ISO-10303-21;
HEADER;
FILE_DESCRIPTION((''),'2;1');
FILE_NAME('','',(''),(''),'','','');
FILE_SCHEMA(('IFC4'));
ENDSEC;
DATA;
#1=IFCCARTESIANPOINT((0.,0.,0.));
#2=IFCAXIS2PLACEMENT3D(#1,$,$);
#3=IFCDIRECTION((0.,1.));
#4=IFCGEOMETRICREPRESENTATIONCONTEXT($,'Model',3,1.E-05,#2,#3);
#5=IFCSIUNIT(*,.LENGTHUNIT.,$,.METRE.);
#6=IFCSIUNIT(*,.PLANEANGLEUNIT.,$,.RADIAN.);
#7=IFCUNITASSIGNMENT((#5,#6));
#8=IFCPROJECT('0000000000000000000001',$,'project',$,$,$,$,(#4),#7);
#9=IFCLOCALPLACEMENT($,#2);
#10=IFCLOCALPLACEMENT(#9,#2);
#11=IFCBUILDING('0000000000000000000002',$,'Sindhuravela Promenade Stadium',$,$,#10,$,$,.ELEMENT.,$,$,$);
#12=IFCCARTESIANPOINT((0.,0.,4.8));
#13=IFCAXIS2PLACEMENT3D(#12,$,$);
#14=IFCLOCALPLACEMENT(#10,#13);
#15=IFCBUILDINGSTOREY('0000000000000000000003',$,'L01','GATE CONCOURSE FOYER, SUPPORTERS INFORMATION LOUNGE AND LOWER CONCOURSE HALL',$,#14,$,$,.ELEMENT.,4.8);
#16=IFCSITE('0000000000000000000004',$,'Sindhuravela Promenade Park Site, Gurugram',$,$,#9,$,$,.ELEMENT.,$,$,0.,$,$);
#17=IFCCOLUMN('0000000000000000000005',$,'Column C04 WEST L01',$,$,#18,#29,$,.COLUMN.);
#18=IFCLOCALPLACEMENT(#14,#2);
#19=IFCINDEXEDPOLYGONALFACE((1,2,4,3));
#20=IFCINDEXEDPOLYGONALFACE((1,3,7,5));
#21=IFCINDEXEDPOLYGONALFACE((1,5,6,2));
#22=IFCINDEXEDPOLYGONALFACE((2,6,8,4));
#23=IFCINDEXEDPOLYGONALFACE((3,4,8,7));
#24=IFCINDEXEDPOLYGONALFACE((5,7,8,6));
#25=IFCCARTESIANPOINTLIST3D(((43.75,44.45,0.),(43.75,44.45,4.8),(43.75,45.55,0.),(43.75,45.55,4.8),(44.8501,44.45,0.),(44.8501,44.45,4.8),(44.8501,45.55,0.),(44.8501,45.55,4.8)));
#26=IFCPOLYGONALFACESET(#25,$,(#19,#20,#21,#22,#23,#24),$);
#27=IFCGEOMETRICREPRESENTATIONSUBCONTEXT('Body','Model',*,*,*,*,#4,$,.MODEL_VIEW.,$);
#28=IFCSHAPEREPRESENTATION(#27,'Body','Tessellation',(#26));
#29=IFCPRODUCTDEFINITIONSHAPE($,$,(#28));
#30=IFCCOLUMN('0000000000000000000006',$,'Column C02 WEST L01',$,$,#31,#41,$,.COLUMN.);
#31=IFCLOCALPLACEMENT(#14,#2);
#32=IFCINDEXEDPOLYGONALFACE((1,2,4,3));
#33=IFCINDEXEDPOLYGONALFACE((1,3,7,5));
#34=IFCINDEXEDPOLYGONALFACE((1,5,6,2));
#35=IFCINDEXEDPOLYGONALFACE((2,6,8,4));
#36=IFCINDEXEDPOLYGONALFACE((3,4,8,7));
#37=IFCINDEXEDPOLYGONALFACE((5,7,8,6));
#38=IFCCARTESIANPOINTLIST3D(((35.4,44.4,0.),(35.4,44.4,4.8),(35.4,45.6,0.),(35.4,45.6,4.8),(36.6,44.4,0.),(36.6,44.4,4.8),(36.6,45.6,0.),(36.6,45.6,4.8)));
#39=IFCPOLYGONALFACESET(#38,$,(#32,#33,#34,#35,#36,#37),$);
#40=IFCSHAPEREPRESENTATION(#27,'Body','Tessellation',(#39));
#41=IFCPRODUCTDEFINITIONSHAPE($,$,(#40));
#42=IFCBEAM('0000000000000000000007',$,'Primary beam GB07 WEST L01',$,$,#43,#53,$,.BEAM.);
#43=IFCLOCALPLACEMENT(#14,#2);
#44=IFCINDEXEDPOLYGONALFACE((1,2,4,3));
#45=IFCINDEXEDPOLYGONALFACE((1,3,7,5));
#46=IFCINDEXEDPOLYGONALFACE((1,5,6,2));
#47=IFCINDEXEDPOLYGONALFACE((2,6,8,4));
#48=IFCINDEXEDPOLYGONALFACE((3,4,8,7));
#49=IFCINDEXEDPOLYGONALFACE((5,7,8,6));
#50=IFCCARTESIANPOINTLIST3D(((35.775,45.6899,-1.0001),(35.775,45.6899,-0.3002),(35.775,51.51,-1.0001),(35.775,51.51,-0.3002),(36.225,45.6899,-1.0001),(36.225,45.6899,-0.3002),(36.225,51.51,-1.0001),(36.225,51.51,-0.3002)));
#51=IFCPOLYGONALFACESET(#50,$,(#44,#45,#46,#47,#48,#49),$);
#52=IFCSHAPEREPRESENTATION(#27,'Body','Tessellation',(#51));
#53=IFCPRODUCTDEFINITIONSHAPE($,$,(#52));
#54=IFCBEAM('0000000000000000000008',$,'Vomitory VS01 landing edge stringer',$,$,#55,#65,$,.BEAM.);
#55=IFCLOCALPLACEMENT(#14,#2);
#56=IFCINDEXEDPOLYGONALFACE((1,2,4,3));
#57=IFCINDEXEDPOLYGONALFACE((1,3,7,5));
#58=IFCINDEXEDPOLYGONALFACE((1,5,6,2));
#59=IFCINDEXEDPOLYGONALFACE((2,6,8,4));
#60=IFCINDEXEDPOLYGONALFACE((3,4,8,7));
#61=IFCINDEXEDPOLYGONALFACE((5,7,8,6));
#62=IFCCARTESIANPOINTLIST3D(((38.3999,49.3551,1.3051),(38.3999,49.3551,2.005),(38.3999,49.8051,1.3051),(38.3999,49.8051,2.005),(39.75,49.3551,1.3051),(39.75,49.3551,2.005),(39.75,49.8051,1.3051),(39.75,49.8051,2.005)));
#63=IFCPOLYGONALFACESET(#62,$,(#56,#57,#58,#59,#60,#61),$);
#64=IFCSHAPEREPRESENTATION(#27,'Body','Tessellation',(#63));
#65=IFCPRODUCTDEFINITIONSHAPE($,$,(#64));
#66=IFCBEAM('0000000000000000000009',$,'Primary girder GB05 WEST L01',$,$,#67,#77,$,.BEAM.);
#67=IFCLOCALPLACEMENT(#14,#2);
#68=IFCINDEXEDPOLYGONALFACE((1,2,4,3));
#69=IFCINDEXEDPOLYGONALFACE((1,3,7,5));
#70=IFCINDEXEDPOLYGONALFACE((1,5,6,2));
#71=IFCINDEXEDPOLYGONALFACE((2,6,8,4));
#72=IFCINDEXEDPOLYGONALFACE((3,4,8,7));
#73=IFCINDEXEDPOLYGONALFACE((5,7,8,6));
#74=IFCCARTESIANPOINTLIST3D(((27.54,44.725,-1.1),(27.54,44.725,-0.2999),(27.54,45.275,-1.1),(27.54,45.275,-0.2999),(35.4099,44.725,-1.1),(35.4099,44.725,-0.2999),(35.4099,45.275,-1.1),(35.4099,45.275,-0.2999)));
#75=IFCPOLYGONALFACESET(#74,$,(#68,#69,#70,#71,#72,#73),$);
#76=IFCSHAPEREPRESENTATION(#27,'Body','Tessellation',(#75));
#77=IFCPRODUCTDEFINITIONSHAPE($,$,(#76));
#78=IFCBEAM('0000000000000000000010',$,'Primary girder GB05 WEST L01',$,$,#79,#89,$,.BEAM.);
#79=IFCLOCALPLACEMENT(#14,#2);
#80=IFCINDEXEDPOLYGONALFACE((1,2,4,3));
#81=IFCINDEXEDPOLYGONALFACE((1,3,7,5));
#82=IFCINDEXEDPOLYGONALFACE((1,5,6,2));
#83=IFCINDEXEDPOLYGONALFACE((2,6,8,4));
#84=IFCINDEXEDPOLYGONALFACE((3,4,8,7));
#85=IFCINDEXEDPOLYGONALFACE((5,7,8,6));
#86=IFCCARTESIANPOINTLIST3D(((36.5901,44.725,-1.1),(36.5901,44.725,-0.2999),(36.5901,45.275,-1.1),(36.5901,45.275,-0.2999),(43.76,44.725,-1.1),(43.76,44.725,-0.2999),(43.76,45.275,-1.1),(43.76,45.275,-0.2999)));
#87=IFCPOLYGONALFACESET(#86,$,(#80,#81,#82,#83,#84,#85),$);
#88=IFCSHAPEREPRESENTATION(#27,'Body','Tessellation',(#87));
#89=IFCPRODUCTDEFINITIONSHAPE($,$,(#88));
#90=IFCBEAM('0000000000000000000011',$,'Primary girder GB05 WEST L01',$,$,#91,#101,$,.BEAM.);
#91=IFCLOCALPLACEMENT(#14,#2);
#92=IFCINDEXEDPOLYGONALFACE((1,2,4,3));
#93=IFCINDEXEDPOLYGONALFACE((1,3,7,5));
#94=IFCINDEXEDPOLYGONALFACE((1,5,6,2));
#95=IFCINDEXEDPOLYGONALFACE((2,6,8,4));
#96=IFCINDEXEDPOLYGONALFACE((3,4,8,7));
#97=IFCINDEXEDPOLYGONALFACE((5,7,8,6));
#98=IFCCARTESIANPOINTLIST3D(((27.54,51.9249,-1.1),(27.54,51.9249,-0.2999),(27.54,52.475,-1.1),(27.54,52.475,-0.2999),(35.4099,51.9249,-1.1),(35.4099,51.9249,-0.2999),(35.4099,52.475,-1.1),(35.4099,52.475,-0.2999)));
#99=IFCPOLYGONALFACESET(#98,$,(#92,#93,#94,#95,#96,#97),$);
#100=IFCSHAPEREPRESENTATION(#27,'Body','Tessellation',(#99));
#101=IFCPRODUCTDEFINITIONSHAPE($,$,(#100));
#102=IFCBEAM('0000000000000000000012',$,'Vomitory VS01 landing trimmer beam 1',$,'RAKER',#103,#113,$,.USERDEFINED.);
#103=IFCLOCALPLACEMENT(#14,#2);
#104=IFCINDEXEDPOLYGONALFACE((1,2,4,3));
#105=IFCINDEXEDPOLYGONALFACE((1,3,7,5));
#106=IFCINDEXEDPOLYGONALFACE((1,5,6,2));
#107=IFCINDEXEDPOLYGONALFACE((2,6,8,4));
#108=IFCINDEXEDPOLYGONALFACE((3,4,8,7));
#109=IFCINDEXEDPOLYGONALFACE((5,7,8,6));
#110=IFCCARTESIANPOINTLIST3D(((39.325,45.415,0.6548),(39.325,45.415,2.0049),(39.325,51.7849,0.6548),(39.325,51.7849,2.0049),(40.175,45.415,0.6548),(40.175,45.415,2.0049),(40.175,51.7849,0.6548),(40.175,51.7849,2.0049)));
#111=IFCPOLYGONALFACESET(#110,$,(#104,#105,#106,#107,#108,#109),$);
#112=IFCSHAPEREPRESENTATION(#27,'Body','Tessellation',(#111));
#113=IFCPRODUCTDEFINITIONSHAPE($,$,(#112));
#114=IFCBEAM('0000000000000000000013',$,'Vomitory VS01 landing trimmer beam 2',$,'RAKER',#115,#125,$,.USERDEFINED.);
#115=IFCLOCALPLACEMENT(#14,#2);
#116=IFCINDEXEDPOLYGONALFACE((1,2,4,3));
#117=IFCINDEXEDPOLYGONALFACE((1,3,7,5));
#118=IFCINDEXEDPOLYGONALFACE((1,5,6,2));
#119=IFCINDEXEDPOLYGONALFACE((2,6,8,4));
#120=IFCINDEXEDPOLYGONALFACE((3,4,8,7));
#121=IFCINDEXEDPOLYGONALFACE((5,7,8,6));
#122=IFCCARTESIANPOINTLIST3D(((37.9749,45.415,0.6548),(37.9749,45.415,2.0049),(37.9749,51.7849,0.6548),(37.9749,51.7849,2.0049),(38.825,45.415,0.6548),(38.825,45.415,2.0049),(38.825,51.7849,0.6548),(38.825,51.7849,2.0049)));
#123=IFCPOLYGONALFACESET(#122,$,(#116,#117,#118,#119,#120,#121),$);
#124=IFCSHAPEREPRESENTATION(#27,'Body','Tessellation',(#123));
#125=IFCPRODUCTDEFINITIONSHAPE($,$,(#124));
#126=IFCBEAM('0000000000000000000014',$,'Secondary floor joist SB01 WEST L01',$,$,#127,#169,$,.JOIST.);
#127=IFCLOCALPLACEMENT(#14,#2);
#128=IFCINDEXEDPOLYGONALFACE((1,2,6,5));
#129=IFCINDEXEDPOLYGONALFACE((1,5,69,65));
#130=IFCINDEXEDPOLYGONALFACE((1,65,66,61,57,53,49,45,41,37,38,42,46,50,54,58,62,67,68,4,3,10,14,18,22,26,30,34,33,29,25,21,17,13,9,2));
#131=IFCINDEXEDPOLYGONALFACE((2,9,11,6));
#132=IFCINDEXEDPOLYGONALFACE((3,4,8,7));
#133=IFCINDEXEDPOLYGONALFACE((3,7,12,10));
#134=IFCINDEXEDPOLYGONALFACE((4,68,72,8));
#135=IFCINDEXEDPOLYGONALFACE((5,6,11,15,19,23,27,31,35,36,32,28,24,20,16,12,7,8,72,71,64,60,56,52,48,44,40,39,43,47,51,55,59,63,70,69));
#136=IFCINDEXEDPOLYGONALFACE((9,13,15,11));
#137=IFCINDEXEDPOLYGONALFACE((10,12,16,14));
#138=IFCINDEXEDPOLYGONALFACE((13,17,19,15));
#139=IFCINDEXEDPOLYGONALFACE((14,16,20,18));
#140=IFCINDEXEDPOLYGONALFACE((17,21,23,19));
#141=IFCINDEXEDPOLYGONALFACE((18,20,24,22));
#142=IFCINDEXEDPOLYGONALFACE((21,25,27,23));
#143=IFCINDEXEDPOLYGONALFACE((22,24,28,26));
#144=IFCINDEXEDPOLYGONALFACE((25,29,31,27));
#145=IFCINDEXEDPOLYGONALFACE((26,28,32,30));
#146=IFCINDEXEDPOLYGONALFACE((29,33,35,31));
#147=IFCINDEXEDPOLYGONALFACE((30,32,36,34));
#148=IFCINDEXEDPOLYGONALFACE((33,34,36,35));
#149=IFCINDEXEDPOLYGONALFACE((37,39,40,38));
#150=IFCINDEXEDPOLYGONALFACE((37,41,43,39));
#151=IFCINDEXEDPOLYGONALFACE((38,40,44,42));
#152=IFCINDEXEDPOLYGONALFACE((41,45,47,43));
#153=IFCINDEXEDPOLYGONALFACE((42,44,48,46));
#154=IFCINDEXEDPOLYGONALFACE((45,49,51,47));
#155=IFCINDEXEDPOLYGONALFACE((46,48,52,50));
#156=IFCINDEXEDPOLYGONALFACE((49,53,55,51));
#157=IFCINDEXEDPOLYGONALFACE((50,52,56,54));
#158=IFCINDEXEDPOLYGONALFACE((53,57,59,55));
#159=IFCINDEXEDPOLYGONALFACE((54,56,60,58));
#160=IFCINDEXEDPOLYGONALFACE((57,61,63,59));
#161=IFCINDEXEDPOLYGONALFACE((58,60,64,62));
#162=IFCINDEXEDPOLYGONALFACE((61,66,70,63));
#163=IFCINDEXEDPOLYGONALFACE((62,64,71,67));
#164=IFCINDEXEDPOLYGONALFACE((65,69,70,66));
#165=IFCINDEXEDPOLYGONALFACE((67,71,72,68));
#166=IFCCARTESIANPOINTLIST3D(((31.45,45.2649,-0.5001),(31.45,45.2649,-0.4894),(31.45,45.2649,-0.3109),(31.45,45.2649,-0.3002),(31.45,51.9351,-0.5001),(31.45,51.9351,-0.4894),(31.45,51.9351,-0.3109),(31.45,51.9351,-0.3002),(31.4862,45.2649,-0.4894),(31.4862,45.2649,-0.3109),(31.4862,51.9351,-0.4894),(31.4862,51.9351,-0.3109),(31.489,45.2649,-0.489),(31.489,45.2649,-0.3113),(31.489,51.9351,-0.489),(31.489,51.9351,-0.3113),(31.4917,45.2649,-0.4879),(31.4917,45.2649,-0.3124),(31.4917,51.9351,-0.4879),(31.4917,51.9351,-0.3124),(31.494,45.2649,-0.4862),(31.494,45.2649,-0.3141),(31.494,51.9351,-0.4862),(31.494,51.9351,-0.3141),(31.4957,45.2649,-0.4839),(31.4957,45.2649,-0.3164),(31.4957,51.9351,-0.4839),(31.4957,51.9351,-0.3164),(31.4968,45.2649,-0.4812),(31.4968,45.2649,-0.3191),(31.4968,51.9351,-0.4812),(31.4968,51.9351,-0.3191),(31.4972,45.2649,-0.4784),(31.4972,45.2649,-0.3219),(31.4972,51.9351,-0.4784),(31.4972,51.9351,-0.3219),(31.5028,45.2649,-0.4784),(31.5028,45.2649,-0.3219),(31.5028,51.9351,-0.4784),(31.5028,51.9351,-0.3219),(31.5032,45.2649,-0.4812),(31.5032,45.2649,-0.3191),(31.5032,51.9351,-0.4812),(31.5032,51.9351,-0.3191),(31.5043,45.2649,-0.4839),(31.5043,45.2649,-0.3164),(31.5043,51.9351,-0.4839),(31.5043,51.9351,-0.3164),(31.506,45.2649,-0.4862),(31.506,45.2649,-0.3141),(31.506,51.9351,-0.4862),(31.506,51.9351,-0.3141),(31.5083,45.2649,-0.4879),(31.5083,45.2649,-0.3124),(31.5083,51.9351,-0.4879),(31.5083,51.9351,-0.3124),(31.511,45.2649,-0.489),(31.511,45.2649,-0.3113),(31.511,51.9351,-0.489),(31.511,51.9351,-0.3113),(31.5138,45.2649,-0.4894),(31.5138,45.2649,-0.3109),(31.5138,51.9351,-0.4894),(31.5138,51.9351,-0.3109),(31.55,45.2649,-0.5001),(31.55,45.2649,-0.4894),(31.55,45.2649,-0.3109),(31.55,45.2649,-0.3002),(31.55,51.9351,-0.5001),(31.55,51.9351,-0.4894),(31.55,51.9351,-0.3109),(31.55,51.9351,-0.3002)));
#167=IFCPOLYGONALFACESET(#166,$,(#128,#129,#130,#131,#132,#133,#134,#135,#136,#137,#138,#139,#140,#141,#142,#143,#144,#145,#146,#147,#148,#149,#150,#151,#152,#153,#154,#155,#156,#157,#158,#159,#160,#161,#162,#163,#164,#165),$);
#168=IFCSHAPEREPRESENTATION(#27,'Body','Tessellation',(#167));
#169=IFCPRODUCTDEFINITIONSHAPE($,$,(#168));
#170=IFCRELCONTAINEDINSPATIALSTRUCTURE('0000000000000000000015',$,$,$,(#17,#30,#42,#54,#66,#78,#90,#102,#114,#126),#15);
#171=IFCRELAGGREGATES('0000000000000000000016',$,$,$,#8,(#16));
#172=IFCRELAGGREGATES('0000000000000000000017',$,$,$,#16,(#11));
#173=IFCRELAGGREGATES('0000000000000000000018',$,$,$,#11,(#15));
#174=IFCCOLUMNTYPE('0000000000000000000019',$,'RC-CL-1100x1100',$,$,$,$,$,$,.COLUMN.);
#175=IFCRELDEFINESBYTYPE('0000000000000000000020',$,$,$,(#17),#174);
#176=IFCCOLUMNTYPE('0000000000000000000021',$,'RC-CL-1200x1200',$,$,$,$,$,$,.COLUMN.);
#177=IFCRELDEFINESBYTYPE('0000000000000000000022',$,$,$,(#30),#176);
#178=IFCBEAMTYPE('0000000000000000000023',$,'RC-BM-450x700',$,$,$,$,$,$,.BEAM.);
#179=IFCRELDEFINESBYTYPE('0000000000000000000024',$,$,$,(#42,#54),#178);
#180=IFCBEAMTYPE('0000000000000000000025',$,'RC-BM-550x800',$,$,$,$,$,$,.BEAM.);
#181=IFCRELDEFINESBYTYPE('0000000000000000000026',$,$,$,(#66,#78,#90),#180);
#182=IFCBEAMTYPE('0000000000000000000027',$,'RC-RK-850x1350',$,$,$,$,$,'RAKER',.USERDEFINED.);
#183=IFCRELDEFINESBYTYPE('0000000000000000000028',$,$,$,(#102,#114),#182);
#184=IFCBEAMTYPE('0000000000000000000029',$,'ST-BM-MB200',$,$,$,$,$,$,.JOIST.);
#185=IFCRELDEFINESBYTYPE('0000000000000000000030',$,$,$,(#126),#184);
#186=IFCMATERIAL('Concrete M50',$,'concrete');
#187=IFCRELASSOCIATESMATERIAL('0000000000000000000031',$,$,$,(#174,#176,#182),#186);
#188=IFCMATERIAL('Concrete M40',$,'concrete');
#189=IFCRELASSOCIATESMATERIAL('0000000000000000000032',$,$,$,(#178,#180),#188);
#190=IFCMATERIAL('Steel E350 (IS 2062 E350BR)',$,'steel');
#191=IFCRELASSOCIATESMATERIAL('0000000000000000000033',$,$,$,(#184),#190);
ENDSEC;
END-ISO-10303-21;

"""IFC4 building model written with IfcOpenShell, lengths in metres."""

from ifc_helpers import new_model, si_unit, direction, frame, origin, origin_2d, place, context, subcontext, project, spatial, rectangle, i_section, extrude, material, material_profile, profile_set, type_object, element, save


model = new_model("IFC4")

# Units and contexts
model_context = context("Model", 3, precision=1e-05, world=origin(), true_north=direction((0.0, 1.0)))
body_context = subcontext(model_context, "Body", "Model", "MODEL_VIEW")
ifc_project = project(units=[si_unit("LENGTHUNIT", "METRE"), si_unit("PLANEANGLEUNIT", "RADIAN")], contexts=[model_context])

# Site, building, storey
site_placement = place(None, origin())
site = spatial("IfcSite", under=ifc_project, at=site_placement, Name="Sindhuravela Promenade Park Site, Gurugram", CompositionType="ELEMENT", RefElevation=0.0)
building_placement = place(site_placement, origin())
building = spatial("IfcBuilding", under=site, at=building_placement, Name="Sindhuravela Promenade Stadium", CompositionType="ELEMENT")
storey_placement = place(building_placement, frame((0.0, 0.0, 4.8)))
storey = spatial("IfcBuildingStorey", under=building, at=storey_placement, Name="L01", Description="GATE CONCOURSE FOYER, SUPPORTERS INFORMATION LOUNGE AND LOWER CONCOURSE HALL", CompositionType="ELEMENT", Elevation=4.8)

# Columns
ifc_material_1 = material(Name="Concrete M50", Category="concrete")
ifc_material_profile_1 = material_profile(ifc_material_1, rectangle(XDim=1.1001, YDim=1.1001, at=origin_2d()), Name="RC 1100x1100")
ifc_profile_set_1 = profile_set([ifc_material_profile_1], Name="Concrete M50")
column_type_1 = type_object("IfcColumnType", Name="RC-CL-1100x1100", PredefinedType="COLUMN", material=ifc_profile_set_1)
column_1_placement = place(storey_placement, frame((44.3, 45.0, 0.0), z_axis=(0.0, 0.0, 1.0), x_axis=(1.0, 0.0, 0.0)))
element("IfcColumn", 1, at=column_1_placement, inside=storey, type_object=column_type_1, Name="Column C04 WEST L01", PredefinedType="COLUMN", context=body_context, shape_type="SweptSolid", body=[
    extrude(rectangle(XDim=1.1001, YDim=1.1001, at=origin_2d()), origin(), (0.0, 0.0, 1.0), 4.8),
])
ifc_material_profile_2 = material_profile(ifc_material_1, rectangle(XDim=1.2, YDim=1.2, at=origin_2d()), Name="RC 1200x1200")
ifc_profile_set_2 = profile_set([ifc_material_profile_2], Name="Concrete M50")
column_type_2 = type_object("IfcColumnType", Name="RC-CL-1200x1200", PredefinedType="COLUMN", material=ifc_profile_set_2)
column_2_placement = place(storey_placement, frame((36.0, 45.0, 0.0), z_axis=(0.0, 0.0, 1.0), x_axis=(1.0, 0.0, 0.0)))
element("IfcColumn", 2, at=column_2_placement, inside=storey, type_object=column_type_2, Name="Column C02 WEST L01", PredefinedType="COLUMN", context=body_context, shape_type="SweptSolid", body=[
    extrude(rectangle(XDim=1.2, YDim=1.2, at=origin_2d()), origin(), (0.0, 0.0, 1.0), 4.8),
])

# Beams
ifc_material_2 = material(Name="Concrete M40", Category="concrete")
ifc_material_profile_3 = material_profile(ifc_material_2, rectangle(XDim=0.45, YDim=0.7, at=origin_2d()), Name="RC 450x700")
ifc_profile_set_3 = profile_set([ifc_material_profile_3], Name="Concrete M40")
beam_type_1 = type_object("IfcBeamType", Name="RC-BM-450x700", PredefinedType="BEAM", material=ifc_profile_set_3)
beam_1_placement = place(storey_placement, frame((36.0, 45.6899, -0.6501), z_axis=(0.0, 1.0, 0.0), x_axis=(-1.0, 0.0, 0.0)))
element("IfcBeam", 3, at=beam_1_placement, inside=storey, type_object=beam_type_1, Name="Primary beam GB07 WEST L01", PredefinedType="BEAM", context=body_context, shape_type="SweptSolid", body=[
    extrude(rectangle(XDim=0.45, YDim=0.7, at=origin_2d()), origin(), (0.0, 0.0, 1.0), 5.8201),
])
beam_2_placement = place(storey_placement, frame((39.75, 49.5801, 1.655), z_axis=(-1.0, 0.0, 0.0), x_axis=(0.0, -1.0, 0.0)))
element("IfcBeam", 4, at=beam_2_placement, inside=storey, type_object=beam_type_1, Name="Vomitory VS01 landing edge stringer", PredefinedType="BEAM", context=body_context, shape_type="SweptSolid", body=[
    extrude(rectangle(XDim=0.45, YDim=0.7, at=origin_2d()), origin(), (0.0, 0.0, 1.0), 1.3501),
])
ifc_material_profile_4 = material_profile(ifc_material_2, rectangle(XDim=0.55, YDim=0.8, at=origin_2d()), Name="RC 550x800")
ifc_profile_set_4 = profile_set([ifc_material_profile_4], Name="Concrete M40")
beam_type_2 = type_object("IfcBeamType", Name="RC-BM-550x800", PredefinedType="BEAM", material=ifc_profile_set_4)
beam_3_placement = place(storey_placement, frame((27.54, 45.0, -0.7), z_axis=(1.0, 0.0, 0.0), x_axis=(0.0, 1.0, 0.0)))
element("IfcBeam", 5, at=beam_3_placement, inside=storey, type_object=beam_type_2, Name="Primary girder GB05 WEST L01", PredefinedType="BEAM", context=body_context, shape_type="SweptSolid", body=[
    extrude(rectangle(XDim=0.55, YDim=0.8, at=origin_2d()), origin(), (0.0, 0.0, 1.0), 7.8699),
])
beam_4_placement = place(storey_placement, frame((36.5901, 45.0, -0.7), z_axis=(1.0, 0.0, 0.0), x_axis=(0.0, 1.0, 0.0)))
element("IfcBeam", 6, at=beam_4_placement, inside=storey, type_object=beam_type_2, Name="Primary girder GB05 WEST L01", PredefinedType="BEAM", context=body_context, shape_type="SweptSolid", body=[
    extrude(rectangle(XDim=0.55, YDim=0.8, at=origin_2d()), origin(), (0.0, 0.0, 1.0), 7.1699),
])
beam_5_placement = place(storey_placement, frame((27.54, 52.2, -0.7), z_axis=(1.0, 0.0, 0.0), x_axis=(0.0, 1.0, 0.0)))
element("IfcBeam", 7, at=beam_5_placement, inside=storey, type_object=beam_type_2, Name="Primary girder GB05 WEST L01", PredefinedType="BEAM", context=body_context, shape_type="SweptSolid", body=[
    extrude(rectangle(XDim=0.55, YDim=0.8, at=origin_2d()), origin(), (0.0, 0.0, 1.0), 7.8699),
])
ifc_material_profile_5 = material_profile(ifc_material_1, rectangle(XDim=0.8501, YDim=1.3501, at=origin_2d()), Name="RC 850x1350")
ifc_profile_set_5 = profile_set([ifc_material_profile_5], Name="Concrete M50")
beam_type_3 = type_object("IfcBeamType", Name="RC-RK-850x1350", ElementType="RAKER", PredefinedType="USERDEFINED", material=ifc_profile_set_5)
for number, where, z_axis, x_axis, name in (
    (8, (39.75, 45.415, 1.3298), (0.0, 1.0, 0.0), (-1.0, 0.0, 0.0), "Vomitory VS01 landing trimmer beam 1"),
    (9, (38.3999, 45.415, 1.3298), (0.0, 1.0, 0.0), (-1.0, 0.0, 0.0), "Vomitory VS01 landing trimmer beam 2"),
):
    element("IfcBeam", number, at=place(storey_placement, frame(where, z_axis=z_axis, x_axis=x_axis)), inside=storey, type_object=beam_type_3, Name=name, ObjectType="RAKER", PredefinedType="USERDEFINED", context=body_context, shape_type="SweptSolid", body=[
        extrude(rectangle(XDim=0.8501, YDim=1.3501, at=origin_2d()), origin(), (0.0, 0.0, 1.0), 6.3699),
    ])
ifc_material_3 = material(Name="Steel E350 (IS 2062 E350BR)", Category="steel")
ifc_material_profile_6 = material_profile(ifc_material_3, i_section(OverallWidth=0.1001, OverallDepth=0.2, WebThickness=0.0056, FlangeThickness=0.0107, FilletRadius=0.011, at=origin_2d()), Name="ISMB 200")
ifc_profile_set_6 = profile_set([ifc_material_profile_6], Name="Steel E350 (IS 2062 E350BR)")
beam_type_4 = type_object("IfcBeamType", Name="ST-BM-MB200", PredefinedType="JOIST", material=ifc_profile_set_6)
beam_6_placement = place(storey_placement, frame((31.5, 45.2649, -0.4001), z_axis=(0.0, 1.0, 0.0), x_axis=(-1.0, 0.0, 0.0)))
element("IfcBeam", 10, at=beam_6_placement, inside=storey, type_object=beam_type_4, Name="Secondary floor joist SB01 WEST L01", PredefinedType="JOIST", context=body_context, shape_type="SweptSolid", body=[
    extrude(i_section(OverallWidth=0.1001, OverallDepth=0.2, WebThickness=0.0056, FlangeThickness=0.0107, FilletRadius=0.011, at=origin_2d()), origin(), (0.0, 0.0, 1.0), 6.6702),
])

save(model, "model.ifc")
